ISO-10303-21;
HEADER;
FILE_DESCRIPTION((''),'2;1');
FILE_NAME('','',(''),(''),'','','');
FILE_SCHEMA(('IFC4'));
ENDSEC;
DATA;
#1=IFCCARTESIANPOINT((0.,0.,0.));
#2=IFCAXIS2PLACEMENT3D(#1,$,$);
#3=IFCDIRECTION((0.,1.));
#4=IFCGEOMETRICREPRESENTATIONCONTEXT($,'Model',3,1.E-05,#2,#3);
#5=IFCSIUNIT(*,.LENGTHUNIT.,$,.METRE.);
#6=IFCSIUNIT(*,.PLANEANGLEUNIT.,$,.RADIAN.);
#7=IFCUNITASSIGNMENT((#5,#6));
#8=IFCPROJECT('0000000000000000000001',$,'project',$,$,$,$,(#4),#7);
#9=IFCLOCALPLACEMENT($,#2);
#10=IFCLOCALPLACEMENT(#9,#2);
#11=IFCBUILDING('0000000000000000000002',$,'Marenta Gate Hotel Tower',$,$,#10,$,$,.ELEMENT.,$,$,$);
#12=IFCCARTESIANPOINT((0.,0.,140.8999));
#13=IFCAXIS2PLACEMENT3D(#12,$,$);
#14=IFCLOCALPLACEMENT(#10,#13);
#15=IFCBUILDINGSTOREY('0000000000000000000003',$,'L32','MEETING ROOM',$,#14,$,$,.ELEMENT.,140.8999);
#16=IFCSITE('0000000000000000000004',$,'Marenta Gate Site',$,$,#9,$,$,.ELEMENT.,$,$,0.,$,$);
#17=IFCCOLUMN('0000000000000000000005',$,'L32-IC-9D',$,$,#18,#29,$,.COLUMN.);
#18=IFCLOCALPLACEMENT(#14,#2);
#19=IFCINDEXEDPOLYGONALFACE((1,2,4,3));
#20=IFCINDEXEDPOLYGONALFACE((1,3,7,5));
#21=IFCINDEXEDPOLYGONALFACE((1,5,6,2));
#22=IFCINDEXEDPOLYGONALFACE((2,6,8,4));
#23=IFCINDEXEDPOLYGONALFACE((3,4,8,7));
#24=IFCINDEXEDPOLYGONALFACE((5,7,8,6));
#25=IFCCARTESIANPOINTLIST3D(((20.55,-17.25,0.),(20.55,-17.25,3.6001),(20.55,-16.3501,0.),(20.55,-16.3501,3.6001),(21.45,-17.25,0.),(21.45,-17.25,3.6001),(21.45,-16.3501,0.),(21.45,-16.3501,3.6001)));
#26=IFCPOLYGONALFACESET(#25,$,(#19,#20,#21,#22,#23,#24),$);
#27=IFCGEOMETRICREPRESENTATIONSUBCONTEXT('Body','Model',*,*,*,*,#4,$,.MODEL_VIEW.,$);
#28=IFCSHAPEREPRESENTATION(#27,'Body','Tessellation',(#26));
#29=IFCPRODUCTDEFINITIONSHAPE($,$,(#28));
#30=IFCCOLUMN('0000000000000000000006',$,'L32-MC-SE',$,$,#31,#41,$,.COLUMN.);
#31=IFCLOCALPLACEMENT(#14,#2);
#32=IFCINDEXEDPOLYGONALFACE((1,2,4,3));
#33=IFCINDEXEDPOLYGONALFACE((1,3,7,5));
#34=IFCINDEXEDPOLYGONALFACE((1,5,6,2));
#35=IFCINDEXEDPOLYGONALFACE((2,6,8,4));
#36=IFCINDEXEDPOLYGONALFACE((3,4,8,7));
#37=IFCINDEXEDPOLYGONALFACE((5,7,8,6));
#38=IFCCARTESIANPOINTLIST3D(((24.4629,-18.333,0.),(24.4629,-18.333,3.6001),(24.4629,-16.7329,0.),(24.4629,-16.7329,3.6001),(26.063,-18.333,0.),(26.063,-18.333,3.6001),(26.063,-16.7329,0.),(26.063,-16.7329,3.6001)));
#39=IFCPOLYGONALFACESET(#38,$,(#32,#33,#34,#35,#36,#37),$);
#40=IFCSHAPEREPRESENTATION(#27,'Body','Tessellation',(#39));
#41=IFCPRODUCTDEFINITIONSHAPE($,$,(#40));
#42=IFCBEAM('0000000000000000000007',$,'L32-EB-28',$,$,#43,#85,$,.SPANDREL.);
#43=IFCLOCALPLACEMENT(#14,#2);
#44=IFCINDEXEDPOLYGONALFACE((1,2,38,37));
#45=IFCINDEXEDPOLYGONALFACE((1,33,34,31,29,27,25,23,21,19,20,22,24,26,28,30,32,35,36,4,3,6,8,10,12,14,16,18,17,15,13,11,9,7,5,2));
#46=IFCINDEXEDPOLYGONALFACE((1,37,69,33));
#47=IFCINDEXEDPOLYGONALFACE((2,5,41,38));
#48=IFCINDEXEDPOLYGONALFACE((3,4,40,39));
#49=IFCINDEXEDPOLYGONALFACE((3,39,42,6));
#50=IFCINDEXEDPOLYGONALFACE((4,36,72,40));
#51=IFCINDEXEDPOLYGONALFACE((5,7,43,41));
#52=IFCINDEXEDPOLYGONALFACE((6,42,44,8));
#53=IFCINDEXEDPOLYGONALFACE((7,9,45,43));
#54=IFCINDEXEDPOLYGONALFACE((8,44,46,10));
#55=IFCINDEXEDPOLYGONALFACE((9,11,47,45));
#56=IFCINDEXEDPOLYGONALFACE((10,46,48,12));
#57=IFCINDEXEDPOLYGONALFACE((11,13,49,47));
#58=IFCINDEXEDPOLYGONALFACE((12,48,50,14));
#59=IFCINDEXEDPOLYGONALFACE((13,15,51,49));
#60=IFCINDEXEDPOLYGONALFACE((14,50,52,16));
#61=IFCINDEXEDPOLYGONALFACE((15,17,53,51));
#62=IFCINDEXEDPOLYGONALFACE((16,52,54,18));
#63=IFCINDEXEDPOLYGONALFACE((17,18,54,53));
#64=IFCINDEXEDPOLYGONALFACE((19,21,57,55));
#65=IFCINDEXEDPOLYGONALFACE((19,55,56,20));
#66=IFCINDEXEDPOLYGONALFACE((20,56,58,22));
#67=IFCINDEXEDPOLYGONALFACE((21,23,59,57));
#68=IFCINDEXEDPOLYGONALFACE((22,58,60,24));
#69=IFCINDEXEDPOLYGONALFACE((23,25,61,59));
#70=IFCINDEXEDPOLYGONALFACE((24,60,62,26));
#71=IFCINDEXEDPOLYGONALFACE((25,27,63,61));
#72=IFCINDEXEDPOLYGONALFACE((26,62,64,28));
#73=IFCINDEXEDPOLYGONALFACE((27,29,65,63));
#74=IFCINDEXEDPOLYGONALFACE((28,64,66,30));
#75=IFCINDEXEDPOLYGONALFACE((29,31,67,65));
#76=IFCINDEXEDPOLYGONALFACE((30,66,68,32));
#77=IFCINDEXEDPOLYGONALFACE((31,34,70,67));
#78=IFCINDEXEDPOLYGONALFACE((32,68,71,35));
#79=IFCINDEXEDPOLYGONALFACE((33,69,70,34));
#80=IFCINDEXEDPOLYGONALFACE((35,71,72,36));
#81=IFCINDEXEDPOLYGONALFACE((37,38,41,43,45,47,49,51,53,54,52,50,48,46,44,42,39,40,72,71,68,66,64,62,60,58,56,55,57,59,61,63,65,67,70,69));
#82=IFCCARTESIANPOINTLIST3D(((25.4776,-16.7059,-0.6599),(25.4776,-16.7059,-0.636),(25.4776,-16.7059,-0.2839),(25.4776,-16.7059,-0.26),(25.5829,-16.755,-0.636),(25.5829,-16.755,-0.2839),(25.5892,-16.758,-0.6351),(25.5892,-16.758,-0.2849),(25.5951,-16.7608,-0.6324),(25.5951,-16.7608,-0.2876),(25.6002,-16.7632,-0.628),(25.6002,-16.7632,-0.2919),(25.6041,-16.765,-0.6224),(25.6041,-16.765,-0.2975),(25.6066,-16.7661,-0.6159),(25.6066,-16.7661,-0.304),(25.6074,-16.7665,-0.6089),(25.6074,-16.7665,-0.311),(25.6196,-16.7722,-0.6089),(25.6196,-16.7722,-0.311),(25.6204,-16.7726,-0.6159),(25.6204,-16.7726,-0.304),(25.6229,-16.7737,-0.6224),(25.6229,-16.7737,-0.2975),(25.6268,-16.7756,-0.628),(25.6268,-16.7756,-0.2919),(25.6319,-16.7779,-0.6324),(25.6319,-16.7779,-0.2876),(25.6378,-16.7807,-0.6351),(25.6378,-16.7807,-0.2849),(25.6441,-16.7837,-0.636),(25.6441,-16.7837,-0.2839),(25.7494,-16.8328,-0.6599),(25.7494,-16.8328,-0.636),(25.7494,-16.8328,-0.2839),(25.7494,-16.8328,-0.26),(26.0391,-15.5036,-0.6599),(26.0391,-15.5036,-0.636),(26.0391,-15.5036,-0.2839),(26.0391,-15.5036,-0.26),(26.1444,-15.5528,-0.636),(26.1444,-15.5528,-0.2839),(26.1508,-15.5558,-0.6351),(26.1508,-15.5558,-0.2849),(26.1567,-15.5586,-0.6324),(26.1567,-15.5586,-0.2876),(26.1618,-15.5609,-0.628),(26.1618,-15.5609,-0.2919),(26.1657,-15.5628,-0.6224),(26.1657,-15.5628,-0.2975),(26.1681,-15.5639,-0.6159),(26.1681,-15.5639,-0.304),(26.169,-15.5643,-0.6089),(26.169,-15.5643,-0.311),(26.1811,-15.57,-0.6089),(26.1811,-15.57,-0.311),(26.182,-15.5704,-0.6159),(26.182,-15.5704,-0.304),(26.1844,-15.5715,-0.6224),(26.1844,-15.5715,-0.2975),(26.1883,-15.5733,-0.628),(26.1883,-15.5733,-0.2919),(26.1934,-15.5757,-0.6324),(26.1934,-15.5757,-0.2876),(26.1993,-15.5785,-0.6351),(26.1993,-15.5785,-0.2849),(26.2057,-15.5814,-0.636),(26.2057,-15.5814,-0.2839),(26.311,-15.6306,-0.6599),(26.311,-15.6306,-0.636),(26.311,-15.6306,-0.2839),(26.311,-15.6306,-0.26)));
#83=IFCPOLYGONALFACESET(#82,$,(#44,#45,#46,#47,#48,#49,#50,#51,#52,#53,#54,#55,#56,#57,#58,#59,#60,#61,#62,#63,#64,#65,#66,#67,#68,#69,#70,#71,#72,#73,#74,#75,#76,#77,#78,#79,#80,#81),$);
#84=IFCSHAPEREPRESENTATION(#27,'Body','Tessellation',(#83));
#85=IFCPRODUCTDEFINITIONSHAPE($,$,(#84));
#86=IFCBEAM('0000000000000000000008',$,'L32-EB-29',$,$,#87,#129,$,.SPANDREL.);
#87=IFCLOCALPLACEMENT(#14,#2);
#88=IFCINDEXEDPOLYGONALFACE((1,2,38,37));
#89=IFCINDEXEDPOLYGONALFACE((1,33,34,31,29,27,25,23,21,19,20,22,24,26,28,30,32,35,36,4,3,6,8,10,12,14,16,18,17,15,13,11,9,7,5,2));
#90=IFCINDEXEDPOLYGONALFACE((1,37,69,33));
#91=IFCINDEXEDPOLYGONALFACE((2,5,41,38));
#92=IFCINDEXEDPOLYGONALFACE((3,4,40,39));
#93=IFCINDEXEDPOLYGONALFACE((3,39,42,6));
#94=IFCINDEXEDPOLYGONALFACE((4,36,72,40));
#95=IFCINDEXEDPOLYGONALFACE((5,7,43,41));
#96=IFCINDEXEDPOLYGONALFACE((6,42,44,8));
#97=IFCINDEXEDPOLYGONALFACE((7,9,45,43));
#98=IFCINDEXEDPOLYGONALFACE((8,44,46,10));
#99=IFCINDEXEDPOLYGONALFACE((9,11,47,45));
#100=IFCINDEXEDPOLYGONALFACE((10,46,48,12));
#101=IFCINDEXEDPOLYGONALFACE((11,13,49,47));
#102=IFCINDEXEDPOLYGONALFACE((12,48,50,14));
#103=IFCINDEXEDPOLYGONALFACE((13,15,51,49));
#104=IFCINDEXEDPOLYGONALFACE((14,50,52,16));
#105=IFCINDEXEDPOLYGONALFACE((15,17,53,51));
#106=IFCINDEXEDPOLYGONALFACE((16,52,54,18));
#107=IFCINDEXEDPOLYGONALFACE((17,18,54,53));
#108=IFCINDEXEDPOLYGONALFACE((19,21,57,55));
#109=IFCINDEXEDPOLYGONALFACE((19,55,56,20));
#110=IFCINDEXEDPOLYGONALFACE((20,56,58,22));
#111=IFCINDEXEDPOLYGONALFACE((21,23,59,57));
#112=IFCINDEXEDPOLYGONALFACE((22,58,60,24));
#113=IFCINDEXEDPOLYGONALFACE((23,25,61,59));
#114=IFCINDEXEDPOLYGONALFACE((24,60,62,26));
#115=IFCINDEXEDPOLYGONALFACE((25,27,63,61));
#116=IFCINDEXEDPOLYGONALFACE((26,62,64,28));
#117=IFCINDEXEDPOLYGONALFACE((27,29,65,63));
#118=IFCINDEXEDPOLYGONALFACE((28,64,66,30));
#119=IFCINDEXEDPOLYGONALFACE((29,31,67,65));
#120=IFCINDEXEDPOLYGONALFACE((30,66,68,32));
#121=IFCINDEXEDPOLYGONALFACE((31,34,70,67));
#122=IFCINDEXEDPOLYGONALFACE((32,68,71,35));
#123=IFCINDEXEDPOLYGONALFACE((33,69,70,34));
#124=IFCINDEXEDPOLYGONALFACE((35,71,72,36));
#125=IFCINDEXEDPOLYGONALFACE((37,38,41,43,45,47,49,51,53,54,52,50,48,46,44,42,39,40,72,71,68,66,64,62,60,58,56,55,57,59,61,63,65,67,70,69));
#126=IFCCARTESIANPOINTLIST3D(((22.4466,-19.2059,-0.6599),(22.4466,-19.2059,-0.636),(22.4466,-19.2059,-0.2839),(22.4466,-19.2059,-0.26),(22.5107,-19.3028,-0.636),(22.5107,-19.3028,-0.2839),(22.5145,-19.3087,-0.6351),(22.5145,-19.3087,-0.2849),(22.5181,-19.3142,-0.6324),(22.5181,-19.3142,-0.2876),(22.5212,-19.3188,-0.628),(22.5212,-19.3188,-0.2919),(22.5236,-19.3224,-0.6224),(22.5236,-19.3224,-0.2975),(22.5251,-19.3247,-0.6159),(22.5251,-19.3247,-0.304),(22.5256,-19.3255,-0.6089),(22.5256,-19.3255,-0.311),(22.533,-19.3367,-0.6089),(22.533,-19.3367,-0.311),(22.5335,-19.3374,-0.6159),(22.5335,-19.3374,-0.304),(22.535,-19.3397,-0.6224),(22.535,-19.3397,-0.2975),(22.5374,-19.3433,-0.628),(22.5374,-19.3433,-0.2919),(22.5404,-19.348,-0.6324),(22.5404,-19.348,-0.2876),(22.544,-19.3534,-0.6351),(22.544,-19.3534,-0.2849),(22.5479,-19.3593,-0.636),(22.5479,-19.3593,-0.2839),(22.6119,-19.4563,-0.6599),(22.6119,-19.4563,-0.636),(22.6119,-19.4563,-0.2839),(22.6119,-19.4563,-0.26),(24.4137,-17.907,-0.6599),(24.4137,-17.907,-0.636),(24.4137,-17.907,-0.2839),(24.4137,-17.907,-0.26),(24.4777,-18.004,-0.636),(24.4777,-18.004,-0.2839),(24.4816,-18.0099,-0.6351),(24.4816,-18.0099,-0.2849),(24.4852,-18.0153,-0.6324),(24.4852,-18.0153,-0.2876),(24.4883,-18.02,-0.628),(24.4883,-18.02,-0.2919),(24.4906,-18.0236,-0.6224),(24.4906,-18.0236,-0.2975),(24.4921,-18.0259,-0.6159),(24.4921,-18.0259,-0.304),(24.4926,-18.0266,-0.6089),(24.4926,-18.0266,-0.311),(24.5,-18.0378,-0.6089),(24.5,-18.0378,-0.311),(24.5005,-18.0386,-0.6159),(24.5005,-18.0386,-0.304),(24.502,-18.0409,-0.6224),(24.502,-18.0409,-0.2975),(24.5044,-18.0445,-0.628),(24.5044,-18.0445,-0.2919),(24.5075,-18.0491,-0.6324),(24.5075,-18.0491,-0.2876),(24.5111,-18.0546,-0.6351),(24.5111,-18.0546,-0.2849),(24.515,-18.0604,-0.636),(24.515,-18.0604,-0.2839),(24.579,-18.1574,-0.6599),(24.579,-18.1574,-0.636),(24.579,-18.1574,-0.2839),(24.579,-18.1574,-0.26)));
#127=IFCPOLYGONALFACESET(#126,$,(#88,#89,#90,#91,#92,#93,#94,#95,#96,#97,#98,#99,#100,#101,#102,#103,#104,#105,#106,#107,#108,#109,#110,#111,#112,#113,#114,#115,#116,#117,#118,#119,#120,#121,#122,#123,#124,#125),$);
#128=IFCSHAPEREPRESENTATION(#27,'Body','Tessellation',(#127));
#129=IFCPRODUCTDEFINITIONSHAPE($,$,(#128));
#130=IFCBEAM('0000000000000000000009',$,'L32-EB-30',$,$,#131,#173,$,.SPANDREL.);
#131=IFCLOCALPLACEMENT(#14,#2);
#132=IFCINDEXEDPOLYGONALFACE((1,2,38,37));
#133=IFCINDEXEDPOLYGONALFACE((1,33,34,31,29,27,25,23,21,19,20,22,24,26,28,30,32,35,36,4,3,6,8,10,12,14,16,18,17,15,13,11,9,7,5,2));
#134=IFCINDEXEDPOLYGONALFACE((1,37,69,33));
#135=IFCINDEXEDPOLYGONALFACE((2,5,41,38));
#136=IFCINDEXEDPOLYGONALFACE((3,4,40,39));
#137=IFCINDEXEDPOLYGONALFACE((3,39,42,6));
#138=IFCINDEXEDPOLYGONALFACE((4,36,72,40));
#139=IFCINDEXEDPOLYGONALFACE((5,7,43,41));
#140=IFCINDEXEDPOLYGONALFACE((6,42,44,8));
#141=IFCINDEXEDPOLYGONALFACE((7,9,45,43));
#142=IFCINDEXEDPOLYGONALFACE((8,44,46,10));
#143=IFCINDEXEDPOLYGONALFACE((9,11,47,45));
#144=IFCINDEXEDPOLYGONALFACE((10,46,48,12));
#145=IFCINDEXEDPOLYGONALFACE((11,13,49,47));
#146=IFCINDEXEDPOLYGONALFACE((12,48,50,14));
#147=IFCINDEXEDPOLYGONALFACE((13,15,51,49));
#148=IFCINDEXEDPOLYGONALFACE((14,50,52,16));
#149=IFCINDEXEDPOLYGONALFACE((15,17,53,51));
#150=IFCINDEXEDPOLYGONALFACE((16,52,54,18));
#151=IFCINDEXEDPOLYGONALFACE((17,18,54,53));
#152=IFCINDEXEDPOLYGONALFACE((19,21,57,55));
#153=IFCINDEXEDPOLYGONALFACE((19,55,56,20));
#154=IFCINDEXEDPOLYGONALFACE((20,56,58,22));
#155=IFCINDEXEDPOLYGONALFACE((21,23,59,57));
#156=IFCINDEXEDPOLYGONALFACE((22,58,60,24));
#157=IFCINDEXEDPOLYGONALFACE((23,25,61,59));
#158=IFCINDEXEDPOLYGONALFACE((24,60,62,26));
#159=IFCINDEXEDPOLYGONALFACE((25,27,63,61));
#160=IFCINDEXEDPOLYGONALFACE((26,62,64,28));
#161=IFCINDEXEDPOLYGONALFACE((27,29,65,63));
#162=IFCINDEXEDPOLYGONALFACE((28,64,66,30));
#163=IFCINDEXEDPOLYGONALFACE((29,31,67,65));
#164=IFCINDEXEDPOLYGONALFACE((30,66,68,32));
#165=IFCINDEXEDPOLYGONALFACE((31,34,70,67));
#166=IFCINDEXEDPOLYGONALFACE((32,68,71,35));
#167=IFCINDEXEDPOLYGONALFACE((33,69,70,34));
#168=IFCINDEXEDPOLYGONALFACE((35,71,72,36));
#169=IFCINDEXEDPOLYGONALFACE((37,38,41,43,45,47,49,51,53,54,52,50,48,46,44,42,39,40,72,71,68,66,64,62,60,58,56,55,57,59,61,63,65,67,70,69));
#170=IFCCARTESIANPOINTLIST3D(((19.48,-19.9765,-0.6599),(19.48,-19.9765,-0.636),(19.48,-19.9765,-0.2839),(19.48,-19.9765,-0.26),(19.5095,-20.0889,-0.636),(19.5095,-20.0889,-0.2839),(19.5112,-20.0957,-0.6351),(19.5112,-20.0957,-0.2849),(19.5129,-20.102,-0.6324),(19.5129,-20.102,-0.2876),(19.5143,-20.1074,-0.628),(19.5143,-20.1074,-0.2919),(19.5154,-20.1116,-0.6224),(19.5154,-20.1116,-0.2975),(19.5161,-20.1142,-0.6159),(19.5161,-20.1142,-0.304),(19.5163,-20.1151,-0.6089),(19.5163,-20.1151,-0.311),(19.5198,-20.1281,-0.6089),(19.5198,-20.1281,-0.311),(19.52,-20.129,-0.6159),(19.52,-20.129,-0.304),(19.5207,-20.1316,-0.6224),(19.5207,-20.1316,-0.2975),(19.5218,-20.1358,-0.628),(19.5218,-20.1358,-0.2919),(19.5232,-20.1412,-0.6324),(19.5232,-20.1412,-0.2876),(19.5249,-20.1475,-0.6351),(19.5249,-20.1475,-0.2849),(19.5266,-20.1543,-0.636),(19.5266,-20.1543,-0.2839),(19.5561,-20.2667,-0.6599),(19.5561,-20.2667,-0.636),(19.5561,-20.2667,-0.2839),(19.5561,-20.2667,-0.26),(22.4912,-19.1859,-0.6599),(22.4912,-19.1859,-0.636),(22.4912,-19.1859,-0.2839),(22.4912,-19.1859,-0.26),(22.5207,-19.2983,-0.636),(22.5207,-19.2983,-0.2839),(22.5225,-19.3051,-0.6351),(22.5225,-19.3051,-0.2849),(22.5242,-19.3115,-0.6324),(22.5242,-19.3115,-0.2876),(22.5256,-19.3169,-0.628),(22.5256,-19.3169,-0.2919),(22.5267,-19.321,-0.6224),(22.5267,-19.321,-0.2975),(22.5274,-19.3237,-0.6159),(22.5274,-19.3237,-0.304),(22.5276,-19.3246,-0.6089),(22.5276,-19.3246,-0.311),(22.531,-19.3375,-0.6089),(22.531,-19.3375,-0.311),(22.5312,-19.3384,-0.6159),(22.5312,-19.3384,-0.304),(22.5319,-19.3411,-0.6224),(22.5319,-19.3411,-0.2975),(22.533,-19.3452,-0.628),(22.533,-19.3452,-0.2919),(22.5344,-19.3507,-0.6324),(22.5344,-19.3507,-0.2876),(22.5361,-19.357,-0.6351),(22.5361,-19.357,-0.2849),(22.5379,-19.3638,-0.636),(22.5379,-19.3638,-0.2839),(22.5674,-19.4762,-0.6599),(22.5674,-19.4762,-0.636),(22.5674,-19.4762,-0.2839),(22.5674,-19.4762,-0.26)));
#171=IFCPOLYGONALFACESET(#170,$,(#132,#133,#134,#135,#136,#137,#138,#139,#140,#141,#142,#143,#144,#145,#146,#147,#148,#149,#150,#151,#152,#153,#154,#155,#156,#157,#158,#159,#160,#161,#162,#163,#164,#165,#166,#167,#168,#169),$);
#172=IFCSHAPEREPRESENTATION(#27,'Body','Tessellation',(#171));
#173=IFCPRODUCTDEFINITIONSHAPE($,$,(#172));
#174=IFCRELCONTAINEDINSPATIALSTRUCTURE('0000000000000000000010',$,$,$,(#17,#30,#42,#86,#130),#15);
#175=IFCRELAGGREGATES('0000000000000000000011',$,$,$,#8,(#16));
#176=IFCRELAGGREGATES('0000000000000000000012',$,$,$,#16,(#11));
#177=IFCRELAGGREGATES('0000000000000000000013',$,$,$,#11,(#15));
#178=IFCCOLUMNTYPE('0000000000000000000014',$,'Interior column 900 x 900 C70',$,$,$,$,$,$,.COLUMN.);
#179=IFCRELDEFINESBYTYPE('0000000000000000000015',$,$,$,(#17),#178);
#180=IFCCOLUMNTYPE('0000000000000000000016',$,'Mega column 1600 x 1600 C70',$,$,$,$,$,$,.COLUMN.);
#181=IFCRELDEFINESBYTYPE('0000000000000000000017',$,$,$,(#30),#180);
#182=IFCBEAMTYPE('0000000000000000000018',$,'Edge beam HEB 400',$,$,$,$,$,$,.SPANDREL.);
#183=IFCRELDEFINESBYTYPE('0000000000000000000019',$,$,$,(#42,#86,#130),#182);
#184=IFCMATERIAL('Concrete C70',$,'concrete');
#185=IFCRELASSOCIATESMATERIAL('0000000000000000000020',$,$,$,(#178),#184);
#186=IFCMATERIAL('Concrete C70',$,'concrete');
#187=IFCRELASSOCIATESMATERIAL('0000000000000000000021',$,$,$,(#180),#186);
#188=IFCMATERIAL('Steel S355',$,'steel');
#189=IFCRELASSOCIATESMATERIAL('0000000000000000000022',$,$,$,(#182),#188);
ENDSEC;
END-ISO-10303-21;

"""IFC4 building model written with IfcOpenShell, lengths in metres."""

from ifc_helpers import new_model, si_unit, direction, frame, origin, origin_2d, place, context, subcontext, project, spatial, rectangle, i_section, extrude, material, material_profile, profile_set, type_object, element, save


model = new_model("IFC4")

# Units and contexts
model_context = context("Model", 3, precision=1e-05, world=origin(), true_north=direction((0.0, 1.0)))
body_context = subcontext(model_context, "Body", "Model", "MODEL_VIEW")
ifc_project = project(units=[si_unit("LENGTHUNIT", "METRE"), si_unit("PLANEANGLEUNIT", "RADIAN")], contexts=[model_context])

# Site, building, storey
site_placement = place(None, origin())
site = spatial("IfcSite", under=ifc_project, at=site_placement, Name="Marenta Gate Site", CompositionType="ELEMENT", RefElevation=0.0)
building_placement = place(site_placement, origin())
building = spatial("IfcBuilding", under=site, at=building_placement, Name="Marenta Gate Hotel Tower", CompositionType="ELEMENT")
storey_placement = place(building_placement, frame((0.0, 0.0, 140.8999)))
storey = spatial("IfcBuildingStorey", under=building, at=storey_placement, Name="L32", Description="MEETING ROOM", CompositionType="ELEMENT", Elevation=140.8999)

# Columns
ifc_material_1 = material(Name="Concrete C70", Category="concrete")
ifc_material_profile_1 = material_profile(ifc_material_1, rectangle(XDim=0.8999, YDim=0.8999, at=origin_2d()), Name="900 x 900")
ifc_profile_set_1 = profile_set([ifc_material_profile_1], Name="Concrete C70")
column_type_1 = type_object("IfcColumnType", Name="Interior column 900 x 900 C70", PredefinedType="COLUMN", material=ifc_profile_set_1)
column_1_placement = place(storey_placement, frame((21.0, -16.8, 0.0), z_axis=(0.0, 0.0, 1.0), x_axis=(1.0, 0.0, 0.0)))
element("IfcColumn", 1, at=column_1_placement, inside=storey, type_object=column_type_1, Name="L32-IC-9D", PredefinedType="COLUMN", context=body_context, shape_type="SweptSolid", body=[
    extrude(rectangle(XDim=0.8999, YDim=0.8999, at=origin_2d()), origin(), (0.0, 0.0, 1.0), 3.6001),
])
ifc_material_2 = material(Name="Concrete C70", Category="concrete")
ifc_material_profile_2 = material_profile(ifc_material_2, rectangle(XDim=1.6001, YDim=1.6001, at=origin_2d()), Name="1600 x 1600")
ifc_profile_set_2 = profile_set([ifc_material_profile_2], Name="Concrete C70")
column_type_2 = type_object("IfcColumnType", Name="Mega column 1600 x 1600 C70", PredefinedType="COLUMN", material=ifc_profile_set_2)
column_2_placement = place(storey_placement, frame((25.2629, -17.533, 0.0), z_axis=(0.0, 0.0, 1.0), x_axis=(1.0, 0.0, 0.0)))
element("IfcColumn", 2, at=column_2_placement, inside=storey, type_object=column_type_2, Name="L32-MC-SE", PredefinedType="COLUMN", context=body_context, shape_type="SweptSolid", body=[
    extrude(rectangle(XDim=1.6001, YDim=1.6001, at=origin_2d()), origin(), (0.0, 0.0, 1.0), 3.6001),
])

# Beams
ifc_material_3 = material(Name="Steel S355", Category="steel")
ifc_material_profile_3 = material_profile(ifc_material_3, i_section(OverallWidth=0.3, OverallDepth=0.3999, WebThickness=0.0134, FlangeThickness=0.0239, FilletRadius=0.0271, at=origin_2d()), Name="HEB 400")
ifc_profile_set_3 = profile_set([ifc_material_profile_3], Name="Steel S355")
beam_type_1 = type_object("IfcBeamType", Name="Edge beam HEB 400", PredefinedType="SPANDREL", material=ifc_profile_set_3)
beam_1_placement = place(storey_placement, frame((26.175, -15.5671, -0.46), z_axis=(-0.423208, -0.906033, 0.0), x_axis=(0.906033, -0.423208, 0.0)))
element("IfcBeam", 3, at=beam_1_placement, inside=storey, type_object=beam_type_1, Name="L32-EB-28", PredefinedType="SPANDREL", context=body_context, shape_type="SweptSolid", body=[
    extrude(i_section(OverallWidth=0.3, OverallDepth=0.3999, WebThickness=0.0134, FlangeThickness=0.0239, FilletRadius=0.0271, at=origin_2d()), origin(), (0.0, 0.0, 1.0), 1.3269),
])
beam_2_placement = place(storey_placement, frame((24.4963, -18.0322, -0.46), z_axis=(-0.834496, -0.551014, 0.0), x_axis=(0.551014, -0.834496, 0.0)))
element("IfcBeam", 4, at=beam_2_placement, inside=storey, type_object=beam_type_1, Name="L32-EB-29", PredefinedType="SPANDREL", context=body_context, shape_type="SweptSolid", body=[
    extrude(i_section(OverallWidth=0.3, OverallDepth=0.3999, WebThickness=0.0134, FlangeThickness=0.0239, FilletRadius=0.0271, at=origin_2d()), origin(), (0.0, 0.0, 1.0), 2.3572),
])
beam_3_placement = place(storey_placement, frame((22.5293, -19.3311, -0.46), z_axis=(-0.967225, -0.253922, 0.0), x_axis=(0.253922, -0.967225, 0.0)))
element("IfcBeam", 5, at=beam_3_placement, inside=storey, type_object=beam_type_1, Name="L32-EB-30", PredefinedType="SPANDREL", context=body_context, shape_type="SweptSolid", body=[
    extrude(i_section(OverallWidth=0.3, OverallDepth=0.3999, WebThickness=0.0134, FlangeThickness=0.0239, FilletRadius=0.0271, at=origin_2d()), origin(), (0.0, 0.0, 1.0), 3.1133),
])

save(model, "model.ifc")
